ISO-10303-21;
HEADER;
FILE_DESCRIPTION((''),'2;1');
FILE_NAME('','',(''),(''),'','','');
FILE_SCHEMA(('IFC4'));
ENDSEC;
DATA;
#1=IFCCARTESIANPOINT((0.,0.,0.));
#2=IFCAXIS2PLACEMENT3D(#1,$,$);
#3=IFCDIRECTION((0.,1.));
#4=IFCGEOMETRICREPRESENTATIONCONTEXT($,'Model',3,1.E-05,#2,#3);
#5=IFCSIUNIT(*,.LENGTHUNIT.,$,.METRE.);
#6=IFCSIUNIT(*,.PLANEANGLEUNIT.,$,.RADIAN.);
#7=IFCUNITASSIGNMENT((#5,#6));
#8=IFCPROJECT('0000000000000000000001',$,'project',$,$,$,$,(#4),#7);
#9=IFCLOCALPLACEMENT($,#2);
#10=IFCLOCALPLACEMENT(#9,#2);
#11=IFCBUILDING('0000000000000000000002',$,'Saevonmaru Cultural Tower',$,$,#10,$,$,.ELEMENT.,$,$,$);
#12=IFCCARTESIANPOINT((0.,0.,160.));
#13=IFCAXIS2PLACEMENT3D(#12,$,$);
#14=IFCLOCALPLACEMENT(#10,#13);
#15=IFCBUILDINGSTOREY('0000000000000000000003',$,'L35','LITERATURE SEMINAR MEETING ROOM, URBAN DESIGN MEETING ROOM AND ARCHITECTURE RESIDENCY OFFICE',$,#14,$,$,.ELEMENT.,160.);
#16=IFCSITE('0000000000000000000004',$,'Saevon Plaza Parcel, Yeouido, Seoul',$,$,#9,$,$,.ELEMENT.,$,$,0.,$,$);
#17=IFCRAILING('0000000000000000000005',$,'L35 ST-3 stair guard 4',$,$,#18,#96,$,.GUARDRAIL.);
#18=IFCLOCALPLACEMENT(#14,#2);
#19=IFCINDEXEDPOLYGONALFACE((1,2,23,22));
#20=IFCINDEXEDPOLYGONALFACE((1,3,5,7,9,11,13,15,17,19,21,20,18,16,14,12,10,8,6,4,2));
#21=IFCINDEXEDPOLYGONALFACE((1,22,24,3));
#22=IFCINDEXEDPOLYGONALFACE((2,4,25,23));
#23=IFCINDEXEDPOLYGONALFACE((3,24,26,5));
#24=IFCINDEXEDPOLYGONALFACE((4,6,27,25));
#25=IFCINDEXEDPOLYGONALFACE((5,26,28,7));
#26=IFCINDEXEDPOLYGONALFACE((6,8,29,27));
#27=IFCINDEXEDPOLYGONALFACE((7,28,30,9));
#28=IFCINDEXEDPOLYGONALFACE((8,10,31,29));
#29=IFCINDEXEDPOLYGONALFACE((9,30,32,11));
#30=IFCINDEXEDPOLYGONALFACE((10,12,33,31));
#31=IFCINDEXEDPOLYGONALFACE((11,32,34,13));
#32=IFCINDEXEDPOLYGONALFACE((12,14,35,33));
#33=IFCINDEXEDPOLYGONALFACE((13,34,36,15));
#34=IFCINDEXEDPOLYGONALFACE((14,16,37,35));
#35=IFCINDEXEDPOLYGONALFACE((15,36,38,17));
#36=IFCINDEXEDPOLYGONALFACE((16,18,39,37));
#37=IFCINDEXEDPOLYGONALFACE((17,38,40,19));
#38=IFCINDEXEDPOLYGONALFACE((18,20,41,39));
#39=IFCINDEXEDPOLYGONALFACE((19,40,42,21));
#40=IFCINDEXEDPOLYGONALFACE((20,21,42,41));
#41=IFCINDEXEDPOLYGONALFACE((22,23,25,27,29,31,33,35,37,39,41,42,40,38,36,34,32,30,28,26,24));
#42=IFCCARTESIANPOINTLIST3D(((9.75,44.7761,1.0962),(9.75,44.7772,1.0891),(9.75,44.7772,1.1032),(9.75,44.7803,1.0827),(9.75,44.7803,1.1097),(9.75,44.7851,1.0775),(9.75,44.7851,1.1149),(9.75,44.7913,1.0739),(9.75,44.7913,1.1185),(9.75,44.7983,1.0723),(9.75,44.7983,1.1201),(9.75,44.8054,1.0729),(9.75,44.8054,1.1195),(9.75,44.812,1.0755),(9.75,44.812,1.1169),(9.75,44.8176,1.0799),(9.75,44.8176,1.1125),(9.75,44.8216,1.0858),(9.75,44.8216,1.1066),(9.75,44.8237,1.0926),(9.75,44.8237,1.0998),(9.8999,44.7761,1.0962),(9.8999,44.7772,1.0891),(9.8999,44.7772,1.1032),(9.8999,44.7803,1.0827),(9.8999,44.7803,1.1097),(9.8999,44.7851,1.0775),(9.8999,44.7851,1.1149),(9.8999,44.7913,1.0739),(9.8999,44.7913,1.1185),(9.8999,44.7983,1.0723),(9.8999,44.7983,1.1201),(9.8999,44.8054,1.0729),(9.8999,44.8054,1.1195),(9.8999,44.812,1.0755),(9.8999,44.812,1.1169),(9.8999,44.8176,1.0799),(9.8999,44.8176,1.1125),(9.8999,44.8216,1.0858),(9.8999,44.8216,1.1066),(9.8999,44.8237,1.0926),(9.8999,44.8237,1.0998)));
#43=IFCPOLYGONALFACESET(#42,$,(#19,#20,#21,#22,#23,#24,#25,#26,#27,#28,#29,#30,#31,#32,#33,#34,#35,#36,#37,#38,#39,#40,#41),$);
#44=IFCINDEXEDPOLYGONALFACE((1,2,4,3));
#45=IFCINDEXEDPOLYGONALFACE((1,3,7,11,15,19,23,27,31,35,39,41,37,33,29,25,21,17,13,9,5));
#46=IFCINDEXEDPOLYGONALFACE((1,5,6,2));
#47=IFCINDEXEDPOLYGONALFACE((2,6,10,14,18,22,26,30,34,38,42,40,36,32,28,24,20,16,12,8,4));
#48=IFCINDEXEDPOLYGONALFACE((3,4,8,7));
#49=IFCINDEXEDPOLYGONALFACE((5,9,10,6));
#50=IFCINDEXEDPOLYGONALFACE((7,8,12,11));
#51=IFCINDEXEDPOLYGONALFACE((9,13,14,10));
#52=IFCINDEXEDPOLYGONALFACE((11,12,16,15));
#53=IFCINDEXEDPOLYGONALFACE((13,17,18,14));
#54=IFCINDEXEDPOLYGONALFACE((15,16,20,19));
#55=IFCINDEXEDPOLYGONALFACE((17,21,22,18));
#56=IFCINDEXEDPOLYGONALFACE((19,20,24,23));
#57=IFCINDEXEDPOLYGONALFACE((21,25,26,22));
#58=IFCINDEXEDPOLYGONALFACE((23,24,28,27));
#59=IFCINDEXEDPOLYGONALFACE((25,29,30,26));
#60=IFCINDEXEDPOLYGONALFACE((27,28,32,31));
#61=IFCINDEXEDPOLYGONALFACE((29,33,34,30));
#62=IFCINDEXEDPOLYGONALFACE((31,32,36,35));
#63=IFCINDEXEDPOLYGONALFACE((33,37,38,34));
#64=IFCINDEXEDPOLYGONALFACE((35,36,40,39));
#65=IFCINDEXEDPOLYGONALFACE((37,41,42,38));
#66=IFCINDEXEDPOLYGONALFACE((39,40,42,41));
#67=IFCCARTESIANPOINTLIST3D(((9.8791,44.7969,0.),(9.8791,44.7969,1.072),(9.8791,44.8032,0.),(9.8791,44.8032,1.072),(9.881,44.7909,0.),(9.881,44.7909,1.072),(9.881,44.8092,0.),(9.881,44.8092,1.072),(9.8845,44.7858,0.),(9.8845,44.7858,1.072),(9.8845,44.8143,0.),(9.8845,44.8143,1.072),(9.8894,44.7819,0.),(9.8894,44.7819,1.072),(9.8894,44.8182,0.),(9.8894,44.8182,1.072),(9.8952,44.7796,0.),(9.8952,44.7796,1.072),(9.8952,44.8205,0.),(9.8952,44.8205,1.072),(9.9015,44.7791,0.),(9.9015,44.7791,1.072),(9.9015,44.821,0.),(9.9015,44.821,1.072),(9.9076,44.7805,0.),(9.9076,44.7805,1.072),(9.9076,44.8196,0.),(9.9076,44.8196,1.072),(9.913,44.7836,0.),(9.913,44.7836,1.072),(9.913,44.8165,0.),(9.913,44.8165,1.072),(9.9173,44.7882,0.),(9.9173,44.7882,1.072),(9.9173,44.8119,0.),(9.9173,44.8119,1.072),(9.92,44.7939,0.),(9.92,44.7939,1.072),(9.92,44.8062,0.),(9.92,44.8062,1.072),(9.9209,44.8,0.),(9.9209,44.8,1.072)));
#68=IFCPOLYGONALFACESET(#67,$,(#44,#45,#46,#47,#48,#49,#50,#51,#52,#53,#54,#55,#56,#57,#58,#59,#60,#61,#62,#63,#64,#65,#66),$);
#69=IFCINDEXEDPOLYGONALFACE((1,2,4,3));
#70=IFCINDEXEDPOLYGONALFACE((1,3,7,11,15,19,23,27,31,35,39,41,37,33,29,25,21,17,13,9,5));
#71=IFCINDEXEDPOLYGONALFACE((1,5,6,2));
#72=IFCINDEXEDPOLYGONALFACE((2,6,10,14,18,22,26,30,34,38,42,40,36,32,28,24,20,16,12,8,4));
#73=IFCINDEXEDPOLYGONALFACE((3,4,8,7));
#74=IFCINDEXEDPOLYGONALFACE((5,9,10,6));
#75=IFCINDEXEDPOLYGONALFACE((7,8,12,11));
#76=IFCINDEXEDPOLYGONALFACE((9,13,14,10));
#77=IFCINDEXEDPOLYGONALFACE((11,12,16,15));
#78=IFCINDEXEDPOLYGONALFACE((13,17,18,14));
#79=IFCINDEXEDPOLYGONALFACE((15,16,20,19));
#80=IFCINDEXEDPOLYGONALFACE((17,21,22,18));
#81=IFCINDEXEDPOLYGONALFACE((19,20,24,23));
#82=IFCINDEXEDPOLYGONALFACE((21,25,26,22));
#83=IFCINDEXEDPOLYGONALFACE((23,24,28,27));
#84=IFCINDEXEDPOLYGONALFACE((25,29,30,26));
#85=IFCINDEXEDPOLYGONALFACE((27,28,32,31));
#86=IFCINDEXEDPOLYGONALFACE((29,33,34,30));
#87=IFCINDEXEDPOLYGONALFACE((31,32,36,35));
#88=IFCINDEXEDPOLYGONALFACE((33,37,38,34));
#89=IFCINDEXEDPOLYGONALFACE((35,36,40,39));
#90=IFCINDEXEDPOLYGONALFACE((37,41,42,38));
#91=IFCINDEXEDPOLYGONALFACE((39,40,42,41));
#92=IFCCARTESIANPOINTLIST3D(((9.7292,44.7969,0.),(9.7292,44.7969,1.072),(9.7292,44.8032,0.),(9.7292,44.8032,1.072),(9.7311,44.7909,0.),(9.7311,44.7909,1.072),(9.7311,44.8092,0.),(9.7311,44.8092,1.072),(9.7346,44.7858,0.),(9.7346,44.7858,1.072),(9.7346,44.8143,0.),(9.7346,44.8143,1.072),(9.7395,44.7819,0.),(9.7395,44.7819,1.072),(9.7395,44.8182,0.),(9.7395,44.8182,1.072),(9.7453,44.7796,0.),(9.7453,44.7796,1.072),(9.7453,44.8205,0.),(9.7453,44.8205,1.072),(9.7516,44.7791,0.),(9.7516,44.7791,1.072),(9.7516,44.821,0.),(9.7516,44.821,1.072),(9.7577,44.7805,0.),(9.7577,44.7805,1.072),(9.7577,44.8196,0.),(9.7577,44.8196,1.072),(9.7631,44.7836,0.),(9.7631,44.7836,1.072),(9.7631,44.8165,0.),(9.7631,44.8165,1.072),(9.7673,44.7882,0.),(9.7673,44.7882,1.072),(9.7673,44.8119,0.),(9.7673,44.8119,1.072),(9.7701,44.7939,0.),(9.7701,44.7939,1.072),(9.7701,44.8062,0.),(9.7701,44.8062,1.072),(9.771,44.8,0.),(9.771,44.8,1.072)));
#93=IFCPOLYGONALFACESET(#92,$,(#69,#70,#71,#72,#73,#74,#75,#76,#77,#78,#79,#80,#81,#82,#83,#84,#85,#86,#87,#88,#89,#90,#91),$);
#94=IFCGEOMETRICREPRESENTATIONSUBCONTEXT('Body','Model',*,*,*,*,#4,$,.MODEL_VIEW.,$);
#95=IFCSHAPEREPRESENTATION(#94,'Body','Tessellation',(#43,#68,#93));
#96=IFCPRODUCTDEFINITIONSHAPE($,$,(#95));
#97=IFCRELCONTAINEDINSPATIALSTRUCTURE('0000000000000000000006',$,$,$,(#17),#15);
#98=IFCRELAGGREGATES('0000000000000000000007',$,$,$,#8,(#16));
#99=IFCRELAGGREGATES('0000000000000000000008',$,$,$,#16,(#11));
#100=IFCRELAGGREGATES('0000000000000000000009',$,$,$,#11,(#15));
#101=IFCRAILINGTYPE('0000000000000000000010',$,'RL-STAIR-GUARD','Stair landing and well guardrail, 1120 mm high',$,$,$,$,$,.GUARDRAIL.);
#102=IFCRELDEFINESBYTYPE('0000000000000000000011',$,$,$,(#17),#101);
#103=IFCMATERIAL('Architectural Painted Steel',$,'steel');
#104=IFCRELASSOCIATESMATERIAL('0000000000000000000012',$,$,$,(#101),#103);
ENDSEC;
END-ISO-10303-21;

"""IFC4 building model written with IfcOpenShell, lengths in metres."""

from ifc_helpers import new_model, si_unit, direction, frame, origin, origin_2d, place, context, subcontext, project, spatial, circle, extrude, material, type_object, element, save


model = new_model("IFC4")

# Units and contexts
model_context = context("Model", 3, precision=1e-05, world=origin(), true_north=direction((0.0, 1.0)))
body_context = subcontext(model_context, "Body", "Model", "MODEL_VIEW")
ifc_project = project(units=[si_unit("LENGTHUNIT", "METRE"), si_unit("PLANEANGLEUNIT", "RADIAN")], contexts=[model_context])

# Site, building, storey
site_placement = place(None, origin())
site = spatial("IfcSite", under=ifc_project, at=site_placement, Name="Saevon Plaza Parcel, Yeouido, Seoul", CompositionType="ELEMENT", RefElevation=0.0)
building_placement = place(site_placement, origin())
building = spatial("IfcBuilding", under=site, at=building_placement, Name="Saevonmaru Cultural Tower", CompositionType="ELEMENT")
storey_placement = place(building_placement, frame((0.0, 0.0, 160.0)))
storey = spatial("IfcBuildingStorey", under=building, at=storey_placement, Name="L35", Description="LITERATURE SEMINAR MEETING ROOM, URBAN DESIGN MEETING ROOM AND ARCHITECTURE RESIDENCY OFFICE", CompositionType="ELEMENT", Elevation=160.0)

# Railing
ifc_material_1 = material(Name="Architectural Painted Steel", Category="steel")
railing_type_1 = type_object("IfcRailingType", Name="RL-STAIR-GUARD", Description="Stair landing and well guardrail, 1120 mm high", PredefinedType="GUARDRAIL", material=ifc_material_1)
railing_1_placement = place(storey_placement, frame((9.8999, 44.8, 0.0)))
element("IfcRailing", 1, at=railing_1_placement, inside=storey, type_object=railing_type_1, Name="L35 ST-3 stair guard 4", PredefinedType="GUARDRAIL", context=body_context, shape_type="SweptSolid", body=[
    extrude(circle(Radius=0.0239, at=origin_2d()), frame((0.0, 0.0, 1.0962), z_axis=(-1.0, 0.0, 0.0), x_axis=(0.0, -1.0, 0.0)), (0.0, 0.0, 1.0), 0.1499),
    extrude(circle(Radius=0.021, at=origin_2d()), origin(), (0.0, 0.0, 1.0), 1.072),
    extrude(circle(Radius=0.021, at=origin_2d()), frame((-0.1499, 0.0, 0.0)), (0.0, 0.0, 1.0), 1.072),
])

save(model, "model.ifc")
